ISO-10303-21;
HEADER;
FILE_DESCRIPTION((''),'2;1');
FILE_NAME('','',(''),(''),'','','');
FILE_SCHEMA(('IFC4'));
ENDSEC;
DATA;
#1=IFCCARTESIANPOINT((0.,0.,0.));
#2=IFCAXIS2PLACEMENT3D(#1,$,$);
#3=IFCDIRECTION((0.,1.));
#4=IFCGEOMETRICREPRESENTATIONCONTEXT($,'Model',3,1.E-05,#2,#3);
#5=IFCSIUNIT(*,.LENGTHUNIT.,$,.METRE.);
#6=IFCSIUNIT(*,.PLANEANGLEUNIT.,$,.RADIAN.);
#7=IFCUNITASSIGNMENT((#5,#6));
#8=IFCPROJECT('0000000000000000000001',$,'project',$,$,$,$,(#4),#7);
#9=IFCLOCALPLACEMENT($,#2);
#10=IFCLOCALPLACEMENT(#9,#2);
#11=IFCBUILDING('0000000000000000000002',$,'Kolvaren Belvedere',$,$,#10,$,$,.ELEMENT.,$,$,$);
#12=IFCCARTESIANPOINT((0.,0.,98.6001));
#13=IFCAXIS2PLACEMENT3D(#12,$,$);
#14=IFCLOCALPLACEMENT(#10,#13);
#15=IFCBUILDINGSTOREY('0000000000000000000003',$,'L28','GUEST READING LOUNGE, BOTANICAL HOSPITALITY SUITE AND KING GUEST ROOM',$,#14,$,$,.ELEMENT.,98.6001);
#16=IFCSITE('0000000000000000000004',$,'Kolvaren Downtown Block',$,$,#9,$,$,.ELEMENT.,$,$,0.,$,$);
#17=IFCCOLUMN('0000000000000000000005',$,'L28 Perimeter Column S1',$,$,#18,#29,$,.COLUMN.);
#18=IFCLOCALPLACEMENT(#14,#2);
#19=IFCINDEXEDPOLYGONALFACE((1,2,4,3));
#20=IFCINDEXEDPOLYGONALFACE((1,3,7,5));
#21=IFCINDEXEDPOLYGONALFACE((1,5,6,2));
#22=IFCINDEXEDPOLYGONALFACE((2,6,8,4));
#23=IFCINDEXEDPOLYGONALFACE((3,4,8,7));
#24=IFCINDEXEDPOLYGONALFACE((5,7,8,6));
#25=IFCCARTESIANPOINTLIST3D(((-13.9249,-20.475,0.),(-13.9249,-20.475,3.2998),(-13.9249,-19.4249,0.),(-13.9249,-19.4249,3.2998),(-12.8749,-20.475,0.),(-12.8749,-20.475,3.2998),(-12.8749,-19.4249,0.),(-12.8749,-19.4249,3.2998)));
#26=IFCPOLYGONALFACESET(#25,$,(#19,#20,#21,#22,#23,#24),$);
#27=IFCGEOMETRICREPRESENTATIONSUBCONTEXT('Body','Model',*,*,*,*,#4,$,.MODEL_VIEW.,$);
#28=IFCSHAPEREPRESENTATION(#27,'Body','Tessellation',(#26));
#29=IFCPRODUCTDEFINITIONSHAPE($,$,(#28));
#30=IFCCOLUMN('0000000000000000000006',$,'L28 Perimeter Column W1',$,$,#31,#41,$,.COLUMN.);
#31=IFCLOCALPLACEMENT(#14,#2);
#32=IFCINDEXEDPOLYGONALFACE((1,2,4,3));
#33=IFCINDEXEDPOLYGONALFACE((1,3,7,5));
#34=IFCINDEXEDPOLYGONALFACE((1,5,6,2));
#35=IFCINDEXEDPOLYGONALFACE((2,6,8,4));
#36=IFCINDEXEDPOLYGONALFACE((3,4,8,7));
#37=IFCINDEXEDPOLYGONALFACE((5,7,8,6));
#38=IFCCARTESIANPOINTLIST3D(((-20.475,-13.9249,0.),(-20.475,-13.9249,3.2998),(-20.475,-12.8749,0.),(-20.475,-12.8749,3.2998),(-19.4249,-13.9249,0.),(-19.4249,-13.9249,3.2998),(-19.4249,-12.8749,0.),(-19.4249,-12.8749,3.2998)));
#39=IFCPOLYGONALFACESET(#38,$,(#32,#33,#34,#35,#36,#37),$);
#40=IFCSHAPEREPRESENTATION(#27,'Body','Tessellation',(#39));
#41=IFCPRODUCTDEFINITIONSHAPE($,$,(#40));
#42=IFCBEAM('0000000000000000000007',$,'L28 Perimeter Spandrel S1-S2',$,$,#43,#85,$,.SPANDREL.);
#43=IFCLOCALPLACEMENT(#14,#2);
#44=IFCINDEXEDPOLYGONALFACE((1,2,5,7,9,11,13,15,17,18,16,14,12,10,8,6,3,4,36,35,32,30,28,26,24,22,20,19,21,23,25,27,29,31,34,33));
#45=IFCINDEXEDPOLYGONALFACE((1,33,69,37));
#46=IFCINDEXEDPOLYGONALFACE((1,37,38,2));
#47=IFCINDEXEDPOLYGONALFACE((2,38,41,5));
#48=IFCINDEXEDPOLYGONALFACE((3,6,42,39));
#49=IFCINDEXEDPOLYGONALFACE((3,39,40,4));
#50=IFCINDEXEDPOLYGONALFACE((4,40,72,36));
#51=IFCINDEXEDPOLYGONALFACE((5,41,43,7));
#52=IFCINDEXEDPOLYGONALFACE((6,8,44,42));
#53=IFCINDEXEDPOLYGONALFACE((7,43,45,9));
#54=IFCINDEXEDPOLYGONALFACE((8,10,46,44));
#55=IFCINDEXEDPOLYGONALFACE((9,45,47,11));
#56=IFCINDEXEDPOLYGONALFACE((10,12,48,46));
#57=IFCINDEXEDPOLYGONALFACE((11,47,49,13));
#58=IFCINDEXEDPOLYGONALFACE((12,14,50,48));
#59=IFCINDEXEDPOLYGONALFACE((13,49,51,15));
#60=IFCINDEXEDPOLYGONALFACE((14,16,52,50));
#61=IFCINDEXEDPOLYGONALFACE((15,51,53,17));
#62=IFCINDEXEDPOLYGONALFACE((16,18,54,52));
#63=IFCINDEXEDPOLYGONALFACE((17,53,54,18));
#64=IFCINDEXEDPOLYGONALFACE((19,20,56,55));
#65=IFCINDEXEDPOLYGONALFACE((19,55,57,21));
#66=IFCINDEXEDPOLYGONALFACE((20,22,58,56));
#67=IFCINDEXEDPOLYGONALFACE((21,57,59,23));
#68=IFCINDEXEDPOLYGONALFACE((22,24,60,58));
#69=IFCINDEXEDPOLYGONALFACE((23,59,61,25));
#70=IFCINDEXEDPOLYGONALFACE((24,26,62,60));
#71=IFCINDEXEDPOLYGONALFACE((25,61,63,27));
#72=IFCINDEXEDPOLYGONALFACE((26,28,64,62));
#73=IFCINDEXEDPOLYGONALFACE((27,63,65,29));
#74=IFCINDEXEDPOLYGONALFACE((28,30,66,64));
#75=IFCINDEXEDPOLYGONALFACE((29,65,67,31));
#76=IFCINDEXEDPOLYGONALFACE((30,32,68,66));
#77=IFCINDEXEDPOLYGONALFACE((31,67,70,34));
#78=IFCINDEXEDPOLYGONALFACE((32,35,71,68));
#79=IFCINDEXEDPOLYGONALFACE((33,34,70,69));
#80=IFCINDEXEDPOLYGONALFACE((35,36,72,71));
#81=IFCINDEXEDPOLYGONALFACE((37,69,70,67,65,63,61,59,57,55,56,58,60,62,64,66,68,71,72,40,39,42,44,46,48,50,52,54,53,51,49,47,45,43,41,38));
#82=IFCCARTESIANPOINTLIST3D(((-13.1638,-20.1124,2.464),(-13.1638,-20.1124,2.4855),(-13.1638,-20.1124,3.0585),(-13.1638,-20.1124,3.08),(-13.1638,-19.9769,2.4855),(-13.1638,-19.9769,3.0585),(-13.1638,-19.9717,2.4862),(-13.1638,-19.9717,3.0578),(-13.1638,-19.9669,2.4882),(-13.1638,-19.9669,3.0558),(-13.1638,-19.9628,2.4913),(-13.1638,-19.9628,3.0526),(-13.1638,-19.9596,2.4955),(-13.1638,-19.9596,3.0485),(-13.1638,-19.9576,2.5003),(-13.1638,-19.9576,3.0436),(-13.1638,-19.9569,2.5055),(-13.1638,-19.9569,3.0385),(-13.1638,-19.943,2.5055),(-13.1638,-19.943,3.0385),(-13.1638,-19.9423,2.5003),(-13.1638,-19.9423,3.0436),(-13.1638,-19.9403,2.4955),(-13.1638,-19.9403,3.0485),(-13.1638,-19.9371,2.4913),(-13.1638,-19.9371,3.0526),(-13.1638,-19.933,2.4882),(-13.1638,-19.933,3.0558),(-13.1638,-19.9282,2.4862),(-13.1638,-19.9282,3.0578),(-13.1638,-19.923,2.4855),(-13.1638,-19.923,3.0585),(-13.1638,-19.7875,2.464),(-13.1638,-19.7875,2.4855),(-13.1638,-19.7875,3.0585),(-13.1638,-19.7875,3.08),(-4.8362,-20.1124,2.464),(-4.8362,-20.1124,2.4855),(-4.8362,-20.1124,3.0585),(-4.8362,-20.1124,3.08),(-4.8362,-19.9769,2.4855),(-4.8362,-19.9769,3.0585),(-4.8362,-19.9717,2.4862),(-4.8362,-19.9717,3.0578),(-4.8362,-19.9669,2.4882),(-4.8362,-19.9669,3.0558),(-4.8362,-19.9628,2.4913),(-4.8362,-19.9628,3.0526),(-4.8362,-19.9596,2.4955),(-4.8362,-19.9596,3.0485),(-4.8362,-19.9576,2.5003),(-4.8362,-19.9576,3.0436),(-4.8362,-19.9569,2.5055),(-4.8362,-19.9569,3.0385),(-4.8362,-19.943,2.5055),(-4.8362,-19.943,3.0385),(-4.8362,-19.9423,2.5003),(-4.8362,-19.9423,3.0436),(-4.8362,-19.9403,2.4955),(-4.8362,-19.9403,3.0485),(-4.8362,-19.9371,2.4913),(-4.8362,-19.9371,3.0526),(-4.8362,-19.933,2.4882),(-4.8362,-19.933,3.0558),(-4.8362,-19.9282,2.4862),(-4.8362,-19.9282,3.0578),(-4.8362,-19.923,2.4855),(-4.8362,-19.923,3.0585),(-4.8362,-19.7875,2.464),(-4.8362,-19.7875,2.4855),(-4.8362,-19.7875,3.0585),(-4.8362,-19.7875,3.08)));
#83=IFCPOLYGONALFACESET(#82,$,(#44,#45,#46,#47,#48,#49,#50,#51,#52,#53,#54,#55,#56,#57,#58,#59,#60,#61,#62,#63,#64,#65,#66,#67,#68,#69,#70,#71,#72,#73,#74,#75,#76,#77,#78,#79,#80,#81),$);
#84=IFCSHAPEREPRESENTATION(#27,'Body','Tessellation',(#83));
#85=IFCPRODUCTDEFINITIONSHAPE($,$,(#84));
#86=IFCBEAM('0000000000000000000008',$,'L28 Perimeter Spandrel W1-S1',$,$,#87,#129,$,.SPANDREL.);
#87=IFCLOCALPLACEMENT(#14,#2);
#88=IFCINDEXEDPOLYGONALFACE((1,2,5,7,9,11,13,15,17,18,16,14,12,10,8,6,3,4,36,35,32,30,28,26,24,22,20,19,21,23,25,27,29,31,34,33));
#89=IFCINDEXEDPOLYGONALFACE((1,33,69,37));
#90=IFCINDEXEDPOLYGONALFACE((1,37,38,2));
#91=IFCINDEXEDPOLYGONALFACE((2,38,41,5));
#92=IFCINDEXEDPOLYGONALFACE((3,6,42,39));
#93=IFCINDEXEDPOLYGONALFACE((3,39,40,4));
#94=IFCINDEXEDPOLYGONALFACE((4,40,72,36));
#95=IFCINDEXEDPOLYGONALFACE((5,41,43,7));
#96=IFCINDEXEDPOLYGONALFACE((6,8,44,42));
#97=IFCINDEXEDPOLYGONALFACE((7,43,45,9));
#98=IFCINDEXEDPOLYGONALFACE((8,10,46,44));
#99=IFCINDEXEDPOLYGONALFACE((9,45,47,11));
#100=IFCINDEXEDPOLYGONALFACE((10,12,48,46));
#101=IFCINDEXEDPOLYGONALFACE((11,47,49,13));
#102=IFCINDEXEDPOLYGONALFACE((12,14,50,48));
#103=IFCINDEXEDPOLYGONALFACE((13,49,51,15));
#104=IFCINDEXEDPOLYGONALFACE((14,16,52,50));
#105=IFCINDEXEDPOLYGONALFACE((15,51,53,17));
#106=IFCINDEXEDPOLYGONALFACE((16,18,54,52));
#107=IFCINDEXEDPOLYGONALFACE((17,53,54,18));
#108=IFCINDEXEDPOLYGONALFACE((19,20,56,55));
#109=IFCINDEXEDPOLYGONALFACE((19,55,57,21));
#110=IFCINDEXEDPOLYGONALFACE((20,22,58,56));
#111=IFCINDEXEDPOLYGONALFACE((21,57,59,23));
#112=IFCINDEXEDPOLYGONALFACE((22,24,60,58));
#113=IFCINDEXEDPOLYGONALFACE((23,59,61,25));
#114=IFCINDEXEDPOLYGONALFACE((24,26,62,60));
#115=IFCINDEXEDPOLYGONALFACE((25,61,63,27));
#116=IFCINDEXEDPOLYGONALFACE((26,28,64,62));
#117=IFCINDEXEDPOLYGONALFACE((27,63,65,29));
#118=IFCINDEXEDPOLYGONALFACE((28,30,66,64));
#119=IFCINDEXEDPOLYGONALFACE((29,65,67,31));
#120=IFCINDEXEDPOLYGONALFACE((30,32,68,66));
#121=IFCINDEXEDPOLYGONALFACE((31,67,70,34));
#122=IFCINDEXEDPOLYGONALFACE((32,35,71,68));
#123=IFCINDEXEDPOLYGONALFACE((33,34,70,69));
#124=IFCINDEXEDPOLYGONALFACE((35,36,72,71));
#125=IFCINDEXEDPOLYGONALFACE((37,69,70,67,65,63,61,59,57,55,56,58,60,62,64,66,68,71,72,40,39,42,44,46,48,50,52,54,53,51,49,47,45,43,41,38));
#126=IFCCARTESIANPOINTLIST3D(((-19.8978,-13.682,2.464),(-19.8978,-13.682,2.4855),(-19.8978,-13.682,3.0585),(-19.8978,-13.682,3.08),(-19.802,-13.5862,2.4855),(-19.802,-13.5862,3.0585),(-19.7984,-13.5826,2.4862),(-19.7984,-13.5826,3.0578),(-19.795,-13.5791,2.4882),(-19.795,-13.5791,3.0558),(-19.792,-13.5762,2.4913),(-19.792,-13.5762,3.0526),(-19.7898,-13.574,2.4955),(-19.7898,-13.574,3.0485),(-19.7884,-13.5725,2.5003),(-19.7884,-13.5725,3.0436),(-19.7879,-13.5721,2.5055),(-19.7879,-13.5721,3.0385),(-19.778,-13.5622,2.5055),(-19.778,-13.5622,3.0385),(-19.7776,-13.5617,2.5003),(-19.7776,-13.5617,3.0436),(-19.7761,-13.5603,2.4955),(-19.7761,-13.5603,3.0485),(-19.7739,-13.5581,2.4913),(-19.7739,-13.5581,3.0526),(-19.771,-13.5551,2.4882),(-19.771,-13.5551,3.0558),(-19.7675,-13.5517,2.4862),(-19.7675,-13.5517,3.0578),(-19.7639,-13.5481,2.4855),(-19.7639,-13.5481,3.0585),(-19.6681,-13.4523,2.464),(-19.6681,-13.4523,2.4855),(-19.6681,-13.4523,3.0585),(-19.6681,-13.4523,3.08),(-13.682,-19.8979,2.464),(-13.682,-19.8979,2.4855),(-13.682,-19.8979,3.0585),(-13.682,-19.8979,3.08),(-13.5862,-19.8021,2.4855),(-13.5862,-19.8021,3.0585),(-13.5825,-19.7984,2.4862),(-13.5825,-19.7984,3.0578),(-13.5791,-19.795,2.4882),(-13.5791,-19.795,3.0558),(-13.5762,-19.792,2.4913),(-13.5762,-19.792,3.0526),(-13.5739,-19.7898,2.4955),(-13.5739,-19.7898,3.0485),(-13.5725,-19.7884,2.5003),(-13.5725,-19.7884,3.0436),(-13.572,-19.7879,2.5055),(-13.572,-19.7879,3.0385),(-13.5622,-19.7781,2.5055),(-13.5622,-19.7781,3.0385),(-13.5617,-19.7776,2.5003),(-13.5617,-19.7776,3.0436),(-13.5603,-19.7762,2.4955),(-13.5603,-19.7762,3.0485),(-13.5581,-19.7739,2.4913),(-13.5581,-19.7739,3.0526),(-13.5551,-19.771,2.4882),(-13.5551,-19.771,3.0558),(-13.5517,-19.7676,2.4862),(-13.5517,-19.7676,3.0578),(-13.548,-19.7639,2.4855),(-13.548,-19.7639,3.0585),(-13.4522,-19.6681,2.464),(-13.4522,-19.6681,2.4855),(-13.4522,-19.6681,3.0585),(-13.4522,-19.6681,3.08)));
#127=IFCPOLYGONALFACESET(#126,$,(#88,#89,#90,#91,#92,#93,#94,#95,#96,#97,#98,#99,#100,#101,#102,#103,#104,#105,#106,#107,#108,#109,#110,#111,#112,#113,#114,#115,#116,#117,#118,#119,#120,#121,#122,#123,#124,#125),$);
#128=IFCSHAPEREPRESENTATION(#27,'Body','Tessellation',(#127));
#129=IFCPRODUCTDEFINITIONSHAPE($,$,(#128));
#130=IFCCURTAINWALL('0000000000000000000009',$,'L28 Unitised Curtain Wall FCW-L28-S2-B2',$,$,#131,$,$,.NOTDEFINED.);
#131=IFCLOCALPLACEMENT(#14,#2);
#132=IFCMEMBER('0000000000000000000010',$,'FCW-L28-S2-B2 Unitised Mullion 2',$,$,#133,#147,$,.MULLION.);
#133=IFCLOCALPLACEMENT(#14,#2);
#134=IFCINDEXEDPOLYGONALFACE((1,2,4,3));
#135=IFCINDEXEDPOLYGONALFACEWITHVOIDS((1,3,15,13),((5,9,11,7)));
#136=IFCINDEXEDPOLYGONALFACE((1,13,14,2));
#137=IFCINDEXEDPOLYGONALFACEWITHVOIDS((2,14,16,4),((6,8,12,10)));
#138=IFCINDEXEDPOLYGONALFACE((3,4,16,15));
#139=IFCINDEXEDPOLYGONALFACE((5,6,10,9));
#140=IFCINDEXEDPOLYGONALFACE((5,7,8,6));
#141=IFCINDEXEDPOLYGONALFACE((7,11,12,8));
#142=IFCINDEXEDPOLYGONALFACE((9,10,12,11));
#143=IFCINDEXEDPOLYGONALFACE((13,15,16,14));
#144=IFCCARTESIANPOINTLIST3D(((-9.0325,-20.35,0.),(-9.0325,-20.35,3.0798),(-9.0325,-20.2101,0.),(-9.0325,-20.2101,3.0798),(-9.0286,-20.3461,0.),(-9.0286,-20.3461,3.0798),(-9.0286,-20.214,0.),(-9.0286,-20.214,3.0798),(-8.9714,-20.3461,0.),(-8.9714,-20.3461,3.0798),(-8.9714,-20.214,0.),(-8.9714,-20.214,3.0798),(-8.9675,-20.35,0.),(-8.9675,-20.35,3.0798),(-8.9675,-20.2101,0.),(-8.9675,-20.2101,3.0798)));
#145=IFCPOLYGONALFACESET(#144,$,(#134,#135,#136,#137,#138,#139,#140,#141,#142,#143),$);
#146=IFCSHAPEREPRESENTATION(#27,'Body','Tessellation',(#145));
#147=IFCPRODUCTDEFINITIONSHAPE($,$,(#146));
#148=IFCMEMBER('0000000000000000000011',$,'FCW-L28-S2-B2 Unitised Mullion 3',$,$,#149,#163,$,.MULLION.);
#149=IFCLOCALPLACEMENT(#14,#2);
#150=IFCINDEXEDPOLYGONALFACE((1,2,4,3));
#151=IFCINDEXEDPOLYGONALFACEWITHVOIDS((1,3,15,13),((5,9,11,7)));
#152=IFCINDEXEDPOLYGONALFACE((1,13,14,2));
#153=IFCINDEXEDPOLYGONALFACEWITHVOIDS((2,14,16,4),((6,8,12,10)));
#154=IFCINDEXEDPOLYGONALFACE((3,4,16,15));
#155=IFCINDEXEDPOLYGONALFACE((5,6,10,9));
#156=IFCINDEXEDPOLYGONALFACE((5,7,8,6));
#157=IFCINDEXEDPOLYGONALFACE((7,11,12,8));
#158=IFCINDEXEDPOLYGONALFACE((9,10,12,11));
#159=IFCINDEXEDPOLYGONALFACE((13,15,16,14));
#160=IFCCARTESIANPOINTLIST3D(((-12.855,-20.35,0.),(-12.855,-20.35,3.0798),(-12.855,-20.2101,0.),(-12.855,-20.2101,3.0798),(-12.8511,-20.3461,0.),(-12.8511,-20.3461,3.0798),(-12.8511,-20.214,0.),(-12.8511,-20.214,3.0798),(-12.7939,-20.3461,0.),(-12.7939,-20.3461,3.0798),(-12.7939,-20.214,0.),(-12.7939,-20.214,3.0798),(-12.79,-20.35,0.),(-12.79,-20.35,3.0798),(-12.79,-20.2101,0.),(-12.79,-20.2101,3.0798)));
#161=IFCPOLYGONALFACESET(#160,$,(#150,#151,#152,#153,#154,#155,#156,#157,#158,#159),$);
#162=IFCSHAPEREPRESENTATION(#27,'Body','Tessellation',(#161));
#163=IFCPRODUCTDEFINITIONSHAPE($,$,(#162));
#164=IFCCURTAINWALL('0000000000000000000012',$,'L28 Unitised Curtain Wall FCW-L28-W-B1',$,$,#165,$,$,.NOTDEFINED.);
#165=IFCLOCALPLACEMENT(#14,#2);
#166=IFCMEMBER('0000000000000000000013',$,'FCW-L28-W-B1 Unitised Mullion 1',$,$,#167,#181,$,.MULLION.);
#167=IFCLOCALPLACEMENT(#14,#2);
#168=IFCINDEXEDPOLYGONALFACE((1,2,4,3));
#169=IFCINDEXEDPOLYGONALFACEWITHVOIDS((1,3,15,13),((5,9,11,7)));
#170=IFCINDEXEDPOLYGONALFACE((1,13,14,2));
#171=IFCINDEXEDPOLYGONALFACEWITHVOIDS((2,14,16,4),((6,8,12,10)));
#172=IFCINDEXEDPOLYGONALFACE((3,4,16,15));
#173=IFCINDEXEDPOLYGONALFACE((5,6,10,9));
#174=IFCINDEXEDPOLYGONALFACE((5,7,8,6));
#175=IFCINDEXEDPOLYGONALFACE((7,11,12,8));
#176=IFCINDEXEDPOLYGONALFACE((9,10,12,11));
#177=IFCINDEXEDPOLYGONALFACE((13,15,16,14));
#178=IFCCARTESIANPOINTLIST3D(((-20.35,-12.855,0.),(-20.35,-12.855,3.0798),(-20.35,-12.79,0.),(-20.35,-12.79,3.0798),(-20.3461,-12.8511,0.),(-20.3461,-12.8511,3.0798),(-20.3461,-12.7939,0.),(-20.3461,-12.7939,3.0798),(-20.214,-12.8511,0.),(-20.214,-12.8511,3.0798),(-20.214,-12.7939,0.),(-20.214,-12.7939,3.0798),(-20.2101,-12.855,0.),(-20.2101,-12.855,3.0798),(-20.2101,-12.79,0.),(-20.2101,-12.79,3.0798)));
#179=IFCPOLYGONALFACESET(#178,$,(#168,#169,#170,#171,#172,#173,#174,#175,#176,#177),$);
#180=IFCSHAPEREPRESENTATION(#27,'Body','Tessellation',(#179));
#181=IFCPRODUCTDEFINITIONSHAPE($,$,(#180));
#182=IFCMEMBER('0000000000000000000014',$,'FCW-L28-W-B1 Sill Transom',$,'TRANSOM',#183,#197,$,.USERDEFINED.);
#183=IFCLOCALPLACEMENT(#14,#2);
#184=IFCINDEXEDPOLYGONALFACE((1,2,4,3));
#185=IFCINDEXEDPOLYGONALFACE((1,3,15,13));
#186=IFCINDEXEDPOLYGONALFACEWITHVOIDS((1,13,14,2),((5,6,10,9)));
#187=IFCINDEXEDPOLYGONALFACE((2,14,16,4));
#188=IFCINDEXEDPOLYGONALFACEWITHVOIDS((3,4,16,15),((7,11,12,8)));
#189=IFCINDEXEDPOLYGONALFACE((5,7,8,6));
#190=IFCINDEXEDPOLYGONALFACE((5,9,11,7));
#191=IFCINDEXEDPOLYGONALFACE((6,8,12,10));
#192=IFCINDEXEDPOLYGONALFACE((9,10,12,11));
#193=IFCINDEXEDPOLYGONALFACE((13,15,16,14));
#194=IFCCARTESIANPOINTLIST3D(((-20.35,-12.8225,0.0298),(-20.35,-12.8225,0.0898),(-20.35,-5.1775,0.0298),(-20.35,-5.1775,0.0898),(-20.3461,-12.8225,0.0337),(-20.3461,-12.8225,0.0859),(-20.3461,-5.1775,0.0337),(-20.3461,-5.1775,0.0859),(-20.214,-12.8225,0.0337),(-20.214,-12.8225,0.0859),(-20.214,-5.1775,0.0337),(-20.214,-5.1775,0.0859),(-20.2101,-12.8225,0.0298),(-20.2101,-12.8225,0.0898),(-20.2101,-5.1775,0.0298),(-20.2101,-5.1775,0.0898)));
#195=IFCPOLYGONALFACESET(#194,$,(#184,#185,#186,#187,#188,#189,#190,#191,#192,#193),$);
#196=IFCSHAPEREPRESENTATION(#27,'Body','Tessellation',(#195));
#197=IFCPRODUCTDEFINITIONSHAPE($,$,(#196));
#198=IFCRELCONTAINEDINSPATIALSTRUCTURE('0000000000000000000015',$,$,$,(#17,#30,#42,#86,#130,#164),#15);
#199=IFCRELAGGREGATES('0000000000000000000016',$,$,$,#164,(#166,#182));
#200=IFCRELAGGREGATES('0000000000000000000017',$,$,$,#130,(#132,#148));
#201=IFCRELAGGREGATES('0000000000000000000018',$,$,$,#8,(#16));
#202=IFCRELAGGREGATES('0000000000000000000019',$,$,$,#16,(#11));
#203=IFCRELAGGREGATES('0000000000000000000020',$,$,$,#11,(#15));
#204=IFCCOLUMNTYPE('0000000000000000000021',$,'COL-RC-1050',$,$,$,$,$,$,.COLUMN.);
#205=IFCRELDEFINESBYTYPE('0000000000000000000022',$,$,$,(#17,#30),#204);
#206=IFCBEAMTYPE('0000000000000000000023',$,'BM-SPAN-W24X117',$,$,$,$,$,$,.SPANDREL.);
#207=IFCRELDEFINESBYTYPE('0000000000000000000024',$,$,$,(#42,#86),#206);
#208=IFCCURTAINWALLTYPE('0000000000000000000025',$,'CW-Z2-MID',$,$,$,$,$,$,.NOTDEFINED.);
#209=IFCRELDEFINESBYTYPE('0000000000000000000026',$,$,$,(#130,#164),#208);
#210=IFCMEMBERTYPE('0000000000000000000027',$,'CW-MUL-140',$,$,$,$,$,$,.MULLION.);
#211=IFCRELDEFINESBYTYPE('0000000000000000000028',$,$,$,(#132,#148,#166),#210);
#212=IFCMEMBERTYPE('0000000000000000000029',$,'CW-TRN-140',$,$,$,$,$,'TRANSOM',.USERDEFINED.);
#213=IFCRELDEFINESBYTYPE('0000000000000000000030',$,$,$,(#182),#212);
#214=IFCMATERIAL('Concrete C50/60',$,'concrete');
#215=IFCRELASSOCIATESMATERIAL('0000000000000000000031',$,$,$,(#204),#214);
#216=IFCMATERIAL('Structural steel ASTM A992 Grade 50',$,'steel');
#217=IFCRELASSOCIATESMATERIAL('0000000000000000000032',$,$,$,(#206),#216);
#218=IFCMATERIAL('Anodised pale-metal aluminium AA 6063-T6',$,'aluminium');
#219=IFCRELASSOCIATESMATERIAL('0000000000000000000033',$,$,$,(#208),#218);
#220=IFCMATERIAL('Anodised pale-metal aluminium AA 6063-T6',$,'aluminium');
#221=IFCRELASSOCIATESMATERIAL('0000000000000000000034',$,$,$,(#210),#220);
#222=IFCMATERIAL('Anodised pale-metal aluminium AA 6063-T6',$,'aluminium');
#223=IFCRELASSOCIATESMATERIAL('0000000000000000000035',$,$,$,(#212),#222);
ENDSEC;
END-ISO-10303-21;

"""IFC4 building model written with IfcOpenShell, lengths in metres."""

from ifc_helpers import new_model, si_unit, direction, frame, origin, origin_2d, place, context, subcontext, project, spatial, rectangle, hollow_rectangle, i_section, extrude, material, material_profile, profile_set, type_object, element, aggregate, save


model = new_model("IFC4")

# Units and contexts
model_context = context("Model", 3, precision=1e-05, world=origin(), true_north=direction((0.0, 1.0)))
body_context = subcontext(model_context, "Body", "Model", "MODEL_VIEW")
ifc_project = project(units=[si_unit("LENGTHUNIT", "METRE"), si_unit("PLANEANGLEUNIT", "RADIAN")], contexts=[model_context])

# Site, building, storey
site_placement = place(None, origin())
site = spatial("IfcSite", under=ifc_project, at=site_placement, Name="Kolvaren Downtown Block", CompositionType="ELEMENT", RefElevation=0.0)
building_placement = place(site_placement, origin())
building = spatial("IfcBuilding", under=site, at=building_placement, Name="Kolvaren Belvedere", CompositionType="ELEMENT")
storey_placement = place(building_placement, frame((0.0, 0.0, 98.6001)))
storey = spatial("IfcBuildingStorey", under=building, at=storey_placement, Name="L28", Description="GUEST READING LOUNGE, BOTANICAL HOSPITALITY SUITE AND KING GUEST ROOM", CompositionType="ELEMENT", Elevation=98.6001)

# Columns
ifc_material_1 = material(Name="Concrete C50/60", Category="concrete")
ifc_material_profile_1 = material_profile(ifc_material_1, rectangle(XDim=1.05, YDim=1.05, at=origin_2d()), Name="RC 1050X1050")
ifc_profile_set_1 = profile_set([ifc_material_profile_1], Name="Concrete C50/60")
column_type = type_object("IfcColumnType", Name="COL-RC-1050", PredefinedType="COLUMN", material=ifc_profile_set_1)
for number, where, z_axis, x_axis, name in (
    (1, (-13.3999, -19.95, 0.0), (0.0, 0.0, 1.0), (1.0, 0.0, 0.0), "L28 Perimeter Column S1"),
    (2, (-19.95, -13.3999, 0.0), (0.0, 0.0, 1.0), (1.0, 0.0, 0.0), "L28 Perimeter Column W1"),
):
    element("IfcColumn", number, at=place(storey_placement, frame(where, z_axis=z_axis, x_axis=x_axis)), inside=storey, type_object=column_type, Name=name, PredefinedType="COLUMN", context=body_context, shape_type="SweptSolid", body=[
        extrude(rectangle(XDim=1.05, YDim=1.05, at=origin_2d()), origin(), (0.0, 0.0, 1.0), 3.2998),
    ])

# Beams
ifc_material_2 = material(Name="Structural steel ASTM A992 Grade 50", Category="steel")
ifc_material_profile_2 = material_profile(ifc_material_2, i_section(OverallWidth=0.325, OverallDepth=0.616, WebThickness=0.0139, FlangeThickness=0.0215, FilletRadius=0.02, at=origin_2d()), Name="W24X117")
ifc_profile_set_2 = profile_set([ifc_material_profile_2], Name="Structural steel ASTM A992 Grade 50")
beam_type = type_object("IfcBeamType", Name="BM-SPAN-W24X117", PredefinedType="SPANDREL", material=ifc_profile_set_2)
beam_1_placement = place(storey_placement, frame((-13.1638, -19.95, 2.772), z_axis=(1.0, 0.0, 0.0), x_axis=(0.0, 1.0, 0.0)))
element("IfcBeam", 3, at=beam_1_placement, inside=storey, type_object=beam_type, Name="L28 Perimeter Spandrel S1-S2", PredefinedType="SPANDREL", context=body_context, shape_type="SweptSolid", body=[
    extrude(i_section(OverallWidth=0.325, OverallDepth=0.616, WebThickness=0.0139, FlangeThickness=0.0215, FilletRadius=0.02, at=origin_2d()), origin(), (0.0, 0.0, 1.0), 8.3276),
])
beam_2_placement = place(storey_placement, frame((-19.783, -13.5671, 2.772), z_axis=(0.707107, -0.707107, 0.0), x_axis=(0.707107, 0.707107, 0.0)))
element("IfcBeam", 4, at=beam_2_placement, inside=storey, type_object=beam_type, Name="L28 Perimeter Spandrel W1-S1", PredefinedType="SPANDREL", context=body_context, shape_type="SweptSolid", body=[
    extrude(i_section(OverallWidth=0.325, OverallDepth=0.616, WebThickness=0.0139, FlangeThickness=0.0215, FilletRadius=0.02, at=origin_2d()), origin(), (0.0, 0.0, 1.0), 8.7905),
])

# Curtain walls, members
ifc_material_3 = material(Name="Anodised pale-metal aluminium AA 6063-T6", Category="aluminium")
curtain_wall_type = type_object("IfcCurtainWallType", Name="CW-Z2-MID", PredefinedType="NOTDEFINED", material=ifc_material_3)
curtain_wall_1_placement = place(storey_placement, origin())
curtain_wall_1 = element("IfcCurtainWall", 5, at=curtain_wall_1_placement, inside=storey, type_object=curtain_wall_type, Name="L28 Unitised Curtain Wall FCW-L28-S2-B2", PredefinedType="NOTDEFINED")
ifc_material_4 = material(Name="Anodised pale-metal aluminium AA 6063-T6", Category="aluminium")
ifc_material_profile_3 = material_profile(ifc_material_4, hollow_rectangle(XDim=0.0649, YDim=0.1399, WallThickness=0.0039, at=origin_2d()), Name="ALU-MUL-140X65")
ifc_profile_set_3 = profile_set([ifc_material_profile_3], Name="Anodised pale-metal aluminium AA 6063-T6")
member_type_1 = type_object("IfcMemberType", Name="CW-MUL-140", PredefinedType="MULLION", material=ifc_profile_set_3)
member_1_placement = place(storey_placement, frame((-9.0, -20.28, 0.0), z_axis=(0.0, 0.0, 1.0), x_axis=(1.0, 0.0, 0.0)))
member_1 = element("IfcMember", 6, at=member_1_placement, type_object=member_type_1, Name="FCW-L28-S2-B2 Unitised Mullion 2", PredefinedType="MULLION", context=body_context, shape_type="SweptSolid", body=[
    extrude(hollow_rectangle(XDim=0.0649, YDim=0.1399, WallThickness=0.0039, at=origin_2d()), origin(), (0.0, 0.0, 1.0), 3.0798),
])
member_2_placement = place(storey_placement, frame((-12.8225, -20.28, 0.0), z_axis=(0.0, 0.0, 1.0), x_axis=(1.0, 0.0, 0.0)))
member_2 = element("IfcMember", 7, at=member_2_placement, type_object=member_type_1, Name="FCW-L28-S2-B2 Unitised Mullion 3", PredefinedType="MULLION", context=body_context, shape_type="SweptSolid", body=[
    extrude(hollow_rectangle(XDim=0.0649, YDim=0.1399, WallThickness=0.0039, at=origin_2d()), origin(), (0.0, 0.0, 1.0), 3.0798),
])
curtain_wall_2_placement = place(storey_placement, origin())
curtain_wall_2 = element("IfcCurtainWall", 8, at=curtain_wall_2_placement, inside=storey, type_object=curtain_wall_type, Name="L28 Unitised Curtain Wall FCW-L28-W-B1", PredefinedType="NOTDEFINED")
member_3_placement = place(storey_placement, frame((-20.28, -12.8225, 0.0), z_axis=(0.0, 0.0, 1.0), x_axis=(0.0, 1.0, 0.0)))
member_3 = element("IfcMember", 9, at=member_3_placement, type_object=member_type_1, Name="FCW-L28-W-B1 Unitised Mullion 1", PredefinedType="MULLION", context=body_context, shape_type="SweptSolid", body=[
    extrude(hollow_rectangle(XDim=0.0649, YDim=0.1399, WallThickness=0.0039, at=origin_2d()), origin(), (0.0, 0.0, 1.0), 3.0798),
])
ifc_material_5 = material(Name="Anodised pale-metal aluminium AA 6063-T6", Category="aluminium")
ifc_material_profile_4 = material_profile(ifc_material_5, hollow_rectangle(XDim=0.0601, YDim=0.1399, WallThickness=0.0039, at=origin_2d()), Name="ALU-TRN-140X60")
ifc_profile_set_4 = profile_set([ifc_material_profile_4], Name="Anodised pale-metal aluminium AA 6063-T6")
member_type_2 = type_object("IfcMemberType", Name="CW-TRN-140", ElementType="TRANSOM", PredefinedType="USERDEFINED", material=ifc_profile_set_4)
member_4_placement = place(storey_placement, frame((-20.28, -12.8225, 0.0598), z_axis=(0.0, 1.0, 0.0), x_axis=(0.0, 0.0, 1.0)))
member_4 = element("IfcMember", 10, at=member_4_placement, type_object=member_type_2, Name="FCW-L28-W-B1 Sill Transom", ObjectType="TRANSOM", PredefinedType="USERDEFINED", context=body_context, shape_type="SweptSolid", body=[
    extrude(hollow_rectangle(XDim=0.0601, YDim=0.1399, WallThickness=0.0039, at=origin_2d()), origin(), (0.0, 0.0, 1.0), 7.645),
])
aggregate(curtain_wall_2, [member_3, member_4])

aggregate(curtain_wall_1, [member_1, member_2])

save(model, "model.ifc")
